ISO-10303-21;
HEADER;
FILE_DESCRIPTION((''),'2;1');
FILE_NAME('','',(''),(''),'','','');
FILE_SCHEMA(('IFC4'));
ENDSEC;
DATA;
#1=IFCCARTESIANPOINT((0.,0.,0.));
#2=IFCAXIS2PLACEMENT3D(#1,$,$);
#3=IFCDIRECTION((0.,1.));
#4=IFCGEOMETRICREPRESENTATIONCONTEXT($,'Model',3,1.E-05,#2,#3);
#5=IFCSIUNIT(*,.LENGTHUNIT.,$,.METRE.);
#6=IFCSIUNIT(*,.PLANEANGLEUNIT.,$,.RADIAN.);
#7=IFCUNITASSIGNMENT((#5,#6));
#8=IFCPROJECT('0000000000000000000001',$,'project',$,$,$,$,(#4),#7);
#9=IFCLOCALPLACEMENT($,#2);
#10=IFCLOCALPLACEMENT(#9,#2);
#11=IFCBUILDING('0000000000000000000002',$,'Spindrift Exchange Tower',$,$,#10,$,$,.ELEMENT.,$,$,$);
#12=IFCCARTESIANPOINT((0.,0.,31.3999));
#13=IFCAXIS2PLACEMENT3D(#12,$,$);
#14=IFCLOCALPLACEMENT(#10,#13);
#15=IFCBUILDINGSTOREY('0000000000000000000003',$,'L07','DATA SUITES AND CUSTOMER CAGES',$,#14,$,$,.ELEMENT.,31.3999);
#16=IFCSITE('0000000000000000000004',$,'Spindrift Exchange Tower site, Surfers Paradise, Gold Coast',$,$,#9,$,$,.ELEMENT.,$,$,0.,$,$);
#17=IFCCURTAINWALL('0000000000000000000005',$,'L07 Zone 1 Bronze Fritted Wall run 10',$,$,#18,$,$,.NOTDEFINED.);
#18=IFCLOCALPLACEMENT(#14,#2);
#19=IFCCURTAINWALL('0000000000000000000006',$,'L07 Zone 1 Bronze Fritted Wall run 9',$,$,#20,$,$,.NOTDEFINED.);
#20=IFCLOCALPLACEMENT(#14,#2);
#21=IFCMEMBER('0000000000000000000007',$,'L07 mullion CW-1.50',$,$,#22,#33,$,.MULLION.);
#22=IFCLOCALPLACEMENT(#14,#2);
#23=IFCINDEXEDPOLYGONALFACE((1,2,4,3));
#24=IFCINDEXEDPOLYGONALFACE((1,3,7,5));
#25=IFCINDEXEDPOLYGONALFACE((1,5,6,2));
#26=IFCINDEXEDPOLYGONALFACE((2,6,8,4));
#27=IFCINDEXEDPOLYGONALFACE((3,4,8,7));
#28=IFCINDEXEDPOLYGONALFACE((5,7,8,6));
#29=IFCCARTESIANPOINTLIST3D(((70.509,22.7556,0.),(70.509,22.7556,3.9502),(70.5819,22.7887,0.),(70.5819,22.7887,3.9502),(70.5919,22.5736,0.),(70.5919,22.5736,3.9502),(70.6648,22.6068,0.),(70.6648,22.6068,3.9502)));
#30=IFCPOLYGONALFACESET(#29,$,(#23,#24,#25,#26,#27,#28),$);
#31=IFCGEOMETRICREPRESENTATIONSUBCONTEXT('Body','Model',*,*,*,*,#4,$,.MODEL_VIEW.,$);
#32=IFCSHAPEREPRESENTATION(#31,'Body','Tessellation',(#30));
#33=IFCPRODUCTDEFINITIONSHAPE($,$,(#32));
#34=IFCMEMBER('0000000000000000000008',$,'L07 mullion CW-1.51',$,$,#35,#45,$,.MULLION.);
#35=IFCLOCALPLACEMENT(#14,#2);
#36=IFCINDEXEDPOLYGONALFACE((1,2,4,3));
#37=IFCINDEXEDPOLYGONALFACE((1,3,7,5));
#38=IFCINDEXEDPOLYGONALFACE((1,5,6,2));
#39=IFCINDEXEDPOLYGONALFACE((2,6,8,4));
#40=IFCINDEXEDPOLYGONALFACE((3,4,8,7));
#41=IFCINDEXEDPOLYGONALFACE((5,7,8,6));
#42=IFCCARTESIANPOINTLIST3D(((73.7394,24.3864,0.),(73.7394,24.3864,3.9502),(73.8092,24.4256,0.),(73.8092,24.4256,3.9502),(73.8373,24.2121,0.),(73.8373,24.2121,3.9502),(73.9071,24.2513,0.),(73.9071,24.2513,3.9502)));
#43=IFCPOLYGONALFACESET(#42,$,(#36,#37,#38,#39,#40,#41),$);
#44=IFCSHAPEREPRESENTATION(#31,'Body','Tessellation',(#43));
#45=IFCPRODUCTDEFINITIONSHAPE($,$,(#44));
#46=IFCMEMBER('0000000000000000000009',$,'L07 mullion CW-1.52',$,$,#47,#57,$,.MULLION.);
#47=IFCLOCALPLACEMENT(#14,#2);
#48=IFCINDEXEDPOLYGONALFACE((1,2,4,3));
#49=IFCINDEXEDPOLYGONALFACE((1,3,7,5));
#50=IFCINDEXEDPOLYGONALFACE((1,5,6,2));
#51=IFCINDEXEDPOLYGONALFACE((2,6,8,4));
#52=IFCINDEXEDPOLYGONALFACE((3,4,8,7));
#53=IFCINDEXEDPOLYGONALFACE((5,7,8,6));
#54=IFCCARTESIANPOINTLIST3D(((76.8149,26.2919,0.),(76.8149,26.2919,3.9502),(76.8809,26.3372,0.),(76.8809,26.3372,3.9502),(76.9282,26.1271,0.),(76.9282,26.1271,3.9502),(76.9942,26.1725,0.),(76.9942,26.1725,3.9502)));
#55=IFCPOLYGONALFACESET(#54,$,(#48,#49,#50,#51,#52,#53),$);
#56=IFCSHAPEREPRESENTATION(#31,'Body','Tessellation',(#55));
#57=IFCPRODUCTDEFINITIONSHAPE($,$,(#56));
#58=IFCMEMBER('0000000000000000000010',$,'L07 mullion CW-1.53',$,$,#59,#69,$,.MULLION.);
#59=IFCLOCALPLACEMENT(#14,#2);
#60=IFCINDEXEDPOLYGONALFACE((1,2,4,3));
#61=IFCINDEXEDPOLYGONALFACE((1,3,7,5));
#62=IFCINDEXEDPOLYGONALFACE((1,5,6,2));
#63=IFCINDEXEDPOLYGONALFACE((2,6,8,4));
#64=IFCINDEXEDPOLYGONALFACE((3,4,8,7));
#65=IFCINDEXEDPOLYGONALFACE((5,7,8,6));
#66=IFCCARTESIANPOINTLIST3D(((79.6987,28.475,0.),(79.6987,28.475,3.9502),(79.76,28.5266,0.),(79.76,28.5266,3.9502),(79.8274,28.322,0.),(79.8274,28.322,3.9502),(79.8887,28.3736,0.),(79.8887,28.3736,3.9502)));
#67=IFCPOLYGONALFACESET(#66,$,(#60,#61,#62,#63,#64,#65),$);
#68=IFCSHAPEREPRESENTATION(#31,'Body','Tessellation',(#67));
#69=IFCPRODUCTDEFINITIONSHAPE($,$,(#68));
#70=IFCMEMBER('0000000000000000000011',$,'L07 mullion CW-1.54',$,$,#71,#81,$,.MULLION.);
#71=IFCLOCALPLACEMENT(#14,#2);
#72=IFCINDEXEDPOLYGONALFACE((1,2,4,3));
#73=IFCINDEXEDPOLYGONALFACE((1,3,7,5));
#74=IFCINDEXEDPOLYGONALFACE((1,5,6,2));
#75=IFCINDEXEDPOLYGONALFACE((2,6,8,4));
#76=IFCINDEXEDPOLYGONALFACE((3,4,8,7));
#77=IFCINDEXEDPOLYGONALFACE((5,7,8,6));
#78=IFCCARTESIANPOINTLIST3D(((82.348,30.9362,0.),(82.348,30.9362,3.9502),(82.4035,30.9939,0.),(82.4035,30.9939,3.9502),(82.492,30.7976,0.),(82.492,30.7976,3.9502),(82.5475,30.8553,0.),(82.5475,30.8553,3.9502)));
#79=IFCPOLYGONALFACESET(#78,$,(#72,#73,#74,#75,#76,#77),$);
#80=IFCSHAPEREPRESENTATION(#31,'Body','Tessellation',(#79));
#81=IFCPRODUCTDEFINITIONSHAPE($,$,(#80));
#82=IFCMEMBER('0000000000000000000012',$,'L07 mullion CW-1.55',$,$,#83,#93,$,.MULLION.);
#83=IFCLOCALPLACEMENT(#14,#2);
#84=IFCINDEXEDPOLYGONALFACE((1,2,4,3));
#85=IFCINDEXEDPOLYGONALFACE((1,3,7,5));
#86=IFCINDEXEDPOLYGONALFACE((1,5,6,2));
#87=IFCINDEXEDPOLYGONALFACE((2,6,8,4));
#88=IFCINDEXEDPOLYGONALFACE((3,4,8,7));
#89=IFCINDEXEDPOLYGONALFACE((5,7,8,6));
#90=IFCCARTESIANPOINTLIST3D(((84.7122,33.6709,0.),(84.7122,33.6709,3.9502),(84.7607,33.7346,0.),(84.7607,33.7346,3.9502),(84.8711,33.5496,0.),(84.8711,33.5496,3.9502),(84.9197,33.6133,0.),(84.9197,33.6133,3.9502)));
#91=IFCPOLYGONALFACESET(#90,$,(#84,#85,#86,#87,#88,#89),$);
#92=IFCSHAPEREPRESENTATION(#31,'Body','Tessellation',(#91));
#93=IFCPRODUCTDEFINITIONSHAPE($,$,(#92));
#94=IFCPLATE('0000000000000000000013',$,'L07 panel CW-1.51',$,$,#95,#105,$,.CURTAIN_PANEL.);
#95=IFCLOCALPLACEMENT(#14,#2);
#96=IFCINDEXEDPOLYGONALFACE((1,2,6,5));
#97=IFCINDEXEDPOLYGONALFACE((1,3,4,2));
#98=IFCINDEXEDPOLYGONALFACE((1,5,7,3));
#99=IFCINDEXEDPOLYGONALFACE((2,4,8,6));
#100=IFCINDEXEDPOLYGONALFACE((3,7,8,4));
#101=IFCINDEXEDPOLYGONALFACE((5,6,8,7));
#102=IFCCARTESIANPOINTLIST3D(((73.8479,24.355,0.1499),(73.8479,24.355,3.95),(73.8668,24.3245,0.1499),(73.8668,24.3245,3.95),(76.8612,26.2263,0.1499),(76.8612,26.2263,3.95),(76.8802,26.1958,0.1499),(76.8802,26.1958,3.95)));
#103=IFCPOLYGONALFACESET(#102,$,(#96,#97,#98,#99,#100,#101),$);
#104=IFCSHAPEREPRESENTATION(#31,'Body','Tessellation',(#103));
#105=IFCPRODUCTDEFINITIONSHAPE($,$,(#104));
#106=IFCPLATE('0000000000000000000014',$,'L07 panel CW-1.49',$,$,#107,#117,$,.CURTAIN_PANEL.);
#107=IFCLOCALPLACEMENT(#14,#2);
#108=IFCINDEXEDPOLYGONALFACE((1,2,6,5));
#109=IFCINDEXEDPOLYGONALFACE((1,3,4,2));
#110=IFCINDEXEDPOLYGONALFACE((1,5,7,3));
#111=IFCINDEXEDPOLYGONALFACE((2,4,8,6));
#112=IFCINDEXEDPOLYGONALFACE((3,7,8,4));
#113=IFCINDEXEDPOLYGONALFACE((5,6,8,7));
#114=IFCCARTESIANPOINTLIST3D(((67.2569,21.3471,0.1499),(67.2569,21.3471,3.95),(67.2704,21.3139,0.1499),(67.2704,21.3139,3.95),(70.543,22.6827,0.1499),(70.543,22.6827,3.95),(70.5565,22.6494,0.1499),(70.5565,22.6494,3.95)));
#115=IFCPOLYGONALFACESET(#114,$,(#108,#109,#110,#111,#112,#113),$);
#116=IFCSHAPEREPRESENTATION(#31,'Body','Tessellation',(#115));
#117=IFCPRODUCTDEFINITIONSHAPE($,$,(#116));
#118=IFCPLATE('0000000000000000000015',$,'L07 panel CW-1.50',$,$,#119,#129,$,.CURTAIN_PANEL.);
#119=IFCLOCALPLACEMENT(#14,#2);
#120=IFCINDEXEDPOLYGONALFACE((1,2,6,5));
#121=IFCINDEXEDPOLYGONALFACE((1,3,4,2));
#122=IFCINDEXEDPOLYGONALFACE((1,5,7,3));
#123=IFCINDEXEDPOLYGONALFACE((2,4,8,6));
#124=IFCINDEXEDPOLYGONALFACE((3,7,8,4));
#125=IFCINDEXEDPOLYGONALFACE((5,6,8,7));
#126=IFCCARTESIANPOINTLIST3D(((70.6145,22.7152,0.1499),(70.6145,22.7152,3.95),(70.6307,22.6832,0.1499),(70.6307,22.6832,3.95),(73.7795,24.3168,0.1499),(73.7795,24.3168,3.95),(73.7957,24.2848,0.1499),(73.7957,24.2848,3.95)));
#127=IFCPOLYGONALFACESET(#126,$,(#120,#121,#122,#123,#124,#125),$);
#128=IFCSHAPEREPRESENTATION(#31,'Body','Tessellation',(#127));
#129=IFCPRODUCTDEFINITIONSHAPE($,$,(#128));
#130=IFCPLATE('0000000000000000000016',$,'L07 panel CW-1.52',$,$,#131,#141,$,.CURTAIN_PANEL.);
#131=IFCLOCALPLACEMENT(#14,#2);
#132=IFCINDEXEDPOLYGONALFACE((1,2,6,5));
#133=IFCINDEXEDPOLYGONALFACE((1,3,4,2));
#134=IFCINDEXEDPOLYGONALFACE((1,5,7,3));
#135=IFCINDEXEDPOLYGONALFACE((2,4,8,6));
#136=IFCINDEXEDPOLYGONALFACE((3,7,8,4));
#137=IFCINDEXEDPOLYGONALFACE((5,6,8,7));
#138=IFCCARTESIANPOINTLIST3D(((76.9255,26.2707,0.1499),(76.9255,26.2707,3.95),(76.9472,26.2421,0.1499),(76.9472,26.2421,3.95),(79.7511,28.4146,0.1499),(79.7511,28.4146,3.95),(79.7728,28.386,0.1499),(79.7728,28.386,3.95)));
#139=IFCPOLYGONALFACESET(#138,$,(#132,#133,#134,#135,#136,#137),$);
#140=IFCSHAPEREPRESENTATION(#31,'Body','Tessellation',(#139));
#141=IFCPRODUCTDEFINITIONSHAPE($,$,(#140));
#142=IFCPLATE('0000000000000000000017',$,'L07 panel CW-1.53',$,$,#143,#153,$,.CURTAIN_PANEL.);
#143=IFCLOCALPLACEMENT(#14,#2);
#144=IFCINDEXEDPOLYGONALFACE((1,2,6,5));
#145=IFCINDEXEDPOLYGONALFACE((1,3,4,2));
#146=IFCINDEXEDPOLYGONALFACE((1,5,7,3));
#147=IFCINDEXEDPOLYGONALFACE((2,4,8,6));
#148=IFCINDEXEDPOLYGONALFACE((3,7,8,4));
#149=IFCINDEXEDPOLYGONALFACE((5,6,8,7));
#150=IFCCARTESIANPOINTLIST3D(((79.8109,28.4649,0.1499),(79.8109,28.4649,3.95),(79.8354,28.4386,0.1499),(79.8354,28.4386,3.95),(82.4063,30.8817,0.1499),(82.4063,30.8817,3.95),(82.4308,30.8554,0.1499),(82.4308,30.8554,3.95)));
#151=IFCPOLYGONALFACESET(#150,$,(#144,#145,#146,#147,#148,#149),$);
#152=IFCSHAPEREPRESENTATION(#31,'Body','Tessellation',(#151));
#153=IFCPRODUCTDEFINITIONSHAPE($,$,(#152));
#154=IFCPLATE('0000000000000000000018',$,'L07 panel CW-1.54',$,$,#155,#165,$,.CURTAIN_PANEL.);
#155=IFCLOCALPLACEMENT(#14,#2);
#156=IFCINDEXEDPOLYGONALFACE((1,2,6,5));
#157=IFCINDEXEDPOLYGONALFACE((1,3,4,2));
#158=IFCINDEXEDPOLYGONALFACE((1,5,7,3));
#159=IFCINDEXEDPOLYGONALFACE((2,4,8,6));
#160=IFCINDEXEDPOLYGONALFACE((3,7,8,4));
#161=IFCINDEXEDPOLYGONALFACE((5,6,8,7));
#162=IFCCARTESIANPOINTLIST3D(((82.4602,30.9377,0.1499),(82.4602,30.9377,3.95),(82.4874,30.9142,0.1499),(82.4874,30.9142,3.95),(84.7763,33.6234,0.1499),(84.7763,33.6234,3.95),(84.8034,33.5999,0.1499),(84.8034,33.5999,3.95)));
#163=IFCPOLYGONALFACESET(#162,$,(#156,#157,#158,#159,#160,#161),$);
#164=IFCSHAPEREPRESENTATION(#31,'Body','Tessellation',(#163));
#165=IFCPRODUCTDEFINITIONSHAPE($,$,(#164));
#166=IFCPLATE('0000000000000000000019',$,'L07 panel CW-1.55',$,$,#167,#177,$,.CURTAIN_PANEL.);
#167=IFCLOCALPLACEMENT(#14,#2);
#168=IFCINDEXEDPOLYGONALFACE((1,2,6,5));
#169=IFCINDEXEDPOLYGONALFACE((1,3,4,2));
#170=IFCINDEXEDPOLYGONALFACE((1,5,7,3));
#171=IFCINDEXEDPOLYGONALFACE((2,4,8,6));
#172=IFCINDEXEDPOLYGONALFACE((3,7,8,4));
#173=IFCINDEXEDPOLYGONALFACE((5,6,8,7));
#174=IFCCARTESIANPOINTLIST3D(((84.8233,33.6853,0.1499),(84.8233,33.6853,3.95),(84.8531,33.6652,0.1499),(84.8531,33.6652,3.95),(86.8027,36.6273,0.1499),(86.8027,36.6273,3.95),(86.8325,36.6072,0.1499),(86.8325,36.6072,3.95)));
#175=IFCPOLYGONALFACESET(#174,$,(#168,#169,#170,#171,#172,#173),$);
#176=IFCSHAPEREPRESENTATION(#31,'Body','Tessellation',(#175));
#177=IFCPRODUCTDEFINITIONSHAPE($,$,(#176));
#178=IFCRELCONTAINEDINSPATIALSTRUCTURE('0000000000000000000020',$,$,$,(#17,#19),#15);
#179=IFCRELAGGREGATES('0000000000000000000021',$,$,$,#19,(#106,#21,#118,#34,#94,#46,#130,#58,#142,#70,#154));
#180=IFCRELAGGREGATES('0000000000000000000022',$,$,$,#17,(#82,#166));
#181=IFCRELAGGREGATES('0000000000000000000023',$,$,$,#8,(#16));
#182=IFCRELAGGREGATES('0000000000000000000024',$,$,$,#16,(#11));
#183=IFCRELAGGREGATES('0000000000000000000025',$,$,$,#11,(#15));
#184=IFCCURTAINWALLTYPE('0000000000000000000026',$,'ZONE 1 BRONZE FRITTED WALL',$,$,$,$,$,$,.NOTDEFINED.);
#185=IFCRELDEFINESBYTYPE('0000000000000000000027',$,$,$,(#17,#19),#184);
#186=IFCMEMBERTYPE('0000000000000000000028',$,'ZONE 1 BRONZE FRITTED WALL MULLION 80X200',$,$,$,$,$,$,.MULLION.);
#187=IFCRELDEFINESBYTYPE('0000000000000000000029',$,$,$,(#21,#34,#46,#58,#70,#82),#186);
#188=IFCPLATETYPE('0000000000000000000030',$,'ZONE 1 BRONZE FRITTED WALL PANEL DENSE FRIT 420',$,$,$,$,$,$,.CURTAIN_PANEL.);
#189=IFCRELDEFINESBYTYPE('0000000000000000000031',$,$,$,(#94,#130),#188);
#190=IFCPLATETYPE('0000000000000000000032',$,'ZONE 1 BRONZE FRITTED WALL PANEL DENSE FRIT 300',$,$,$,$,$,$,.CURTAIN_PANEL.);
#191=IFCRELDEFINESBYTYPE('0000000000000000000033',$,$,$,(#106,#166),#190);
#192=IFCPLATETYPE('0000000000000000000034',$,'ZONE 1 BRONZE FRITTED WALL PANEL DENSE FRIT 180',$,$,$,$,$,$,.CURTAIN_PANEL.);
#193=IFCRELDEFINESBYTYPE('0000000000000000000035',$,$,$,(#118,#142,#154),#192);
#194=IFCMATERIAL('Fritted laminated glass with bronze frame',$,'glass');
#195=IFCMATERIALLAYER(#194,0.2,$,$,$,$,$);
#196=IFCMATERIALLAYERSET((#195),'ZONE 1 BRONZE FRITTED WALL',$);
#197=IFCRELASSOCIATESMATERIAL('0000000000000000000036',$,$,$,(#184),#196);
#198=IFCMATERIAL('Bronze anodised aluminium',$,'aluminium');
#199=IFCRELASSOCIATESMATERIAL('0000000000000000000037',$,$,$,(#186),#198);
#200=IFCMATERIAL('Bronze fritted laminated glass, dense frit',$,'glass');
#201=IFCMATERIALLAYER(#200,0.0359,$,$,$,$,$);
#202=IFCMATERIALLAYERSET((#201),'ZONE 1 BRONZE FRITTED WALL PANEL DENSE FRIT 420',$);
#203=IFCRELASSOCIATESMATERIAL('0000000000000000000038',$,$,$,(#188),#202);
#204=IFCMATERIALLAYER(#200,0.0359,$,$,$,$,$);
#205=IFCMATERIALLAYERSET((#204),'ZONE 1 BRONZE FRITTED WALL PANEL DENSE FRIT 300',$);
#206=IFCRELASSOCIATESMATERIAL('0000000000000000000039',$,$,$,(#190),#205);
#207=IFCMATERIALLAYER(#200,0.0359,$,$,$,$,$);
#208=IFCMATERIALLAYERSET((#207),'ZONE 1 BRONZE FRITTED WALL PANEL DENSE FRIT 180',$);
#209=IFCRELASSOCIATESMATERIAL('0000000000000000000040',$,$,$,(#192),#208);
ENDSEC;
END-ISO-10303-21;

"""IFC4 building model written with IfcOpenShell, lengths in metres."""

from ifc_helpers import new_model, si_unit, direction, frame, origin, origin_2d, place, context, subcontext, project, spatial, rectangle, extrude, source, transform, mapped, material, layer, layer_set, material_profile, profile_set, type_object, element, aggregate, save


model = new_model("IFC4")

# Units and contexts
model_context = context("Model", 3, precision=1e-05, world=origin(), true_north=direction((0.0, 1.0)))
body_context = subcontext(model_context, "Body", "Model", "MODEL_VIEW")
ifc_project = project(units=[si_unit("LENGTHUNIT", "METRE"), si_unit("PLANEANGLEUNIT", "RADIAN")], contexts=[model_context])

# Site, building, storey
site_placement = place(None, origin())
site = spatial("IfcSite", under=ifc_project, at=site_placement, Name="Spindrift Exchange Tower site, Surfers Paradise, Gold Coast", CompositionType="ELEMENT", RefElevation=0.0)
building_placement = place(site_placement, origin())
building = spatial("IfcBuilding", under=site, at=building_placement, Name="Spindrift Exchange Tower", CompositionType="ELEMENT")
storey_placement = place(building_placement, frame((0.0, 0.0, 31.3999)))
storey = spatial("IfcBuildingStorey", under=building, at=storey_placement, Name="L07", Description="DATA SUITES AND CUSTOMER CAGES", CompositionType="ELEMENT", Elevation=31.3999)

# Curtain wall
ifc_material_1 = material(Name="Fritted laminated glass with bronze frame", Category="glass")
ifc_layer_1 = layer(ifc_material_1, 0.2)
ifc_layer_set_1 = layer_set([ifc_layer_1], Name="ZONE 1 BRONZE FRITTED WALL")
curtain_wall_type = type_object("IfcCurtainWallType", Name="ZONE 1 BRONZE FRITTED WALL", PredefinedType="NOTDEFINED", material=ifc_layer_set_1)
curtain_wall_1_placement = place(storey_placement, origin())
curtain_wall_1 = element("IfcCurtainWall", 1, at=curtain_wall_1_placement, inside=storey, type_object=curtain_wall_type, Name="L07 Zone 1 Bronze Fritted Wall run 10", PredefinedType="NOTDEFINED")
ifc_material_2 = material(Name="Bronze anodised aluminium", Category="aluminium")

# Curtain wall, members
curtain_wall_2_placement = place(storey_placement, origin())
curtain_wall_2 = element("IfcCurtainWall", 2, at=curtain_wall_2_placement, inside=storey, type_object=curtain_wall_type, Name="L07 Zone 1 Bronze Fritted Wall run 9", PredefinedType="NOTDEFINED")
ifc_material_profile_1 = material_profile(ifc_material_2, rectangle(XDim=0.0801, YDim=0.2, at=origin_2d()), Name="ZONE 1 BRONZE FRITTED WALL MULLION 80X200")
ifc_profile_set_1 = profile_set([ifc_material_profile_1], Name="Bronze anodised aluminium")
member_type_1 = type_object("IfcMemberType", Name="ZONE 1 BRONZE FRITTED WALL MULLION 80X200", PredefinedType="MULLION", material=ifc_profile_set_1)
shared_shape_1 = source(origin(), body_context, "Body", "SweptSolid", [
    extrude(rectangle(XDim=0.0801, YDim=0.2, at=origin_2d()), origin(), (0.0, 0.0, 1.0), 3.9502),
])
member_1_placement = place(storey_placement, frame((70.5869, 22.6812, 0.0), z_axis=(0.0, 0.0, 1.0), x_axis=(0.910112, 0.414363, 0.0)))
member_1 = element("IfcMember", 3, at=member_1_placement, type_object=member_type_1, Name="L07 mullion CW-1.50", PredefinedType="MULLION", context=body_context, shape_type="MappedRepresentation", body=[
    mapped(shared_shape_1, transform((0.0, 0.0, 0.0), scale=1.0)),
])
member_2_placement = place(storey_placement, frame((73.8232, 24.3188, 0.0), z_axis=(0.0, 0.0, 1.0), x_axis=(0.871725, 0.489995, 0.0)))
member_2 = element("IfcMember", 4, at=member_2_placement, type_object=member_type_1, Name="L07 mullion CW-1.51", PredefinedType="MULLION", context=body_context, shape_type="MappedRepresentation", body=[
    mapped(shared_shape_1, transform((0.0, 0.0, 0.0), scale=1.0)),
])
member_3_placement = place(storey_placement, frame((76.9045, 26.2322, 0.0), z_axis=(0.0, 0.0, 1.0), x_axis=(0.823985, 0.566612, 0.0)))
member_3 = element("IfcMember", 5, at=member_3_placement, type_object=member_type_1, Name="L07 mullion CW-1.52", PredefinedType="MULLION", context=body_context, shape_type="MappedRepresentation", body=[
    mapped(shared_shape_1, transform((0.0, 0.0, 0.0), scale=1.0)),
])
member_4_placement = place(storey_placement, frame((79.7937, 28.4243, 0.0), z_axis=(0.0, 0.0, 1.0), x_axis=(0.765212, 0.643779, 0.0)))
member_4 = element("IfcMember", 6, at=member_4_placement, type_object=member_type_1, Name="L07 mullion CW-1.53", PredefinedType="MULLION", context=body_context, shape_type="MappedRepresentation", body=[
    mapped(shared_shape_1, transform((0.0, 0.0, 0.0), scale=1.0)),
])
member_5_placement = place(storey_placement, frame((82.4478, 30.8958, 0.0), z_axis=(0.0, 0.0, 1.0), x_axis=(0.693486, 0.72047, 0.0)))
member_5 = element("IfcMember", 7, at=member_5_placement, type_object=member_type_1, Name="L07 mullion CW-1.54", PredefinedType="MULLION", context=body_context, shape_type="MappedRepresentation", body=[
    mapped(shared_shape_1, transform((0.0, 0.0, 0.0), scale=1.0)),
])

# Member
member_6_placement = place(storey_placement, frame((84.8159, 33.6421, 0.0), z_axis=(0.0, 0.0, 1.0), x_axis=(0.606723, 0.794913, 0.0)))
member_6 = element("IfcMember", 8, at=member_6_placement, type_object=member_type_1, Name="L07 mullion CW-1.55", PredefinedType="MULLION", context=body_context, shape_type="MappedRepresentation", body=[
    mapped(shared_shape_1, transform((0.0, 0.0, 0.0), scale=1.0)),
])

# Plates
ifc_material_3 = material(Name="Bronze fritted laminated glass, dense frit", Category="glass")
ifc_layer_2 = layer(ifc_material_3, 0.0359)
ifc_layer_set_2 = layer_set([ifc_layer_2], Name="ZONE 1 BRONZE FRITTED WALL PANEL DENSE FRIT 420")
plate_type_1 = type_object("IfcPlateType", Name="ZONE 1 BRONZE FRITTED WALL PANEL DENSE FRIT 420", PredefinedType="CURTAIN_PANEL", material=ifc_layer_set_2)
shared_shape_2 = source(origin(), body_context, "Body", "SweptSolid", [
    extrude(rectangle(XDim=3.5471, YDim=0.0359, at=origin_2d()), origin(), (0.0, 0.0, 1.0), 3.8),
])
plate_1_placement = place(storey_placement, frame((75.364, 25.2754, 0.1499), z_axis=(0.0, 0.0, 1.0), x_axis=(0.849526, 0.527548, 0.0)))
plate_1 = element("IfcPlate", 9, at=plate_1_placement, type_object=plate_type_1, Name="L07 panel CW-1.51", PredefinedType="CURTAIN_PANEL", context=body_context, shape_type="MappedRepresentation", body=[
    mapped(shared_shape_2, transform((0.0, 0.0, 0.0), scale=1.0)),
])
ifc_layer_3 = layer(ifc_material_3, 0.0359)
ifc_layer_set_3 = layer_set([ifc_layer_3], Name="ZONE 1 BRONZE FRITTED WALL PANEL DENSE FRIT 300")
plate_type_2 = type_object("IfcPlateType", Name="ZONE 1 BRONZE FRITTED WALL PANEL DENSE FRIT 300", PredefinedType="CURTAIN_PANEL", material=ifc_layer_set_3)
shared_shape_3 = source(origin(), body_context, "Body", "SweptSolid", [
    extrude(rectangle(XDim=3.5471, YDim=0.0359, at=origin_2d()), origin(), (0.0, 0.0, 1.0), 3.8),
])
plate_2_placement = place(storey_placement, frame((68.9067, 21.9983, 0.1499), z_axis=(0.0, 0.0, 1.0), x_axis=(0.926411, 0.376514, 0.0)))
plate_2 = element("IfcPlate", 10, at=plate_2_placement, type_object=plate_type_2, Name="L07 panel CW-1.49", PredefinedType="CURTAIN_PANEL", context=body_context, shape_type="MappedRepresentation", body=[
    mapped(shared_shape_3, transform((0.0, 0.0, 0.0), scale=1.0)),
])
ifc_layer_4 = layer(ifc_material_3, 0.0359)
ifc_layer_set_4 = layer_set([ifc_layer_4], Name="ZONE 1 BRONZE FRITTED WALL PANEL DENSE FRIT 180")
plate_type_3 = type_object("IfcPlateType", Name="ZONE 1 BRONZE FRITTED WALL PANEL DENSE FRIT 180", PredefinedType="CURTAIN_PANEL", material=ifc_layer_set_4)
shared_shape_4 = source(origin(), body_context, "Body", "SweptSolid", [
    extrude(rectangle(XDim=3.5471, YDim=0.0359, at=origin_2d()), origin(), (0.0, 0.0, 1.0), 3.8),
])
plate_3_placement = place(storey_placement, frame((72.2051, 23.5, 0.1499), z_axis=(0.0, 0.0, 1.0), x_axis=(0.892266, 0.45151, 0.0)))
plate_3 = element("IfcPlate", 11, at=plate_3_placement, type_object=plate_type_3, Name="L07 panel CW-1.50", PredefinedType="CURTAIN_PANEL", context=body_context, shape_type="MappedRepresentation", body=[
    mapped(shared_shape_4, transform((0.0, 0.0, 0.0), scale=1.0)),
])
shared_shape_5 = source(origin(), body_context, "Body", "SweptSolid", [
    extrude(rectangle(XDim=3.5469, YDim=0.0359, at=origin_2d()), origin(), (0.0, 0.0, 1.0), 3.8),
])
plate_4_placement = place(storey_placement, frame((78.3491, 27.3284, 0.1499), z_axis=(0.0, 0.0, 1.0), x_axis=(0.796649, 0.604442, 0.0)))
plate_4 = element("IfcPlate", 12, at=plate_4_placement, type_object=plate_type_1, Name="L07 panel CW-1.52", PredefinedType="CURTAIN_PANEL", context=body_context, shape_type="MappedRepresentation", body=[
    mapped(shared_shape_5, transform((0.0, 0.0, 0.0), scale=1.0)),
])
shared_shape_6 = source(origin(), body_context, "Body", "SweptSolid", [
    extrude(rectangle(XDim=3.5464, YDim=0.0359, at=origin_2d()), origin(), (0.0, 0.0, 1.0), 3.8),
])
plate_5_placement = place(storey_placement, frame((81.1208, 29.6602, 0.1499), z_axis=(0.0, 0.0, 1.0), x_axis=(0.731834, 0.681483, 0.0)))
plate_5 = element("IfcPlate", 13, at=plate_5_placement, type_object=plate_type_3, Name="L07 panel CW-1.53", PredefinedType="CURTAIN_PANEL", context=body_context, shape_type="MappedRepresentation", body=[
    mapped(shared_shape_6, transform((0.0, 0.0, 0.0), scale=1.0)),
])
plate_6_placement = place(storey_placement, frame((83.6318, 32.2688, 0.1499), z_axis=(0.0, 0.0, 1.0), x_axis=(0.653064, 0.757303, 0.0)))
plate_6 = element("IfcPlate", 14, at=plate_6_placement, type_object=plate_type_3, Name="L07 panel CW-1.54", PredefinedType="CURTAIN_PANEL", context=body_context, shape_type="MappedRepresentation", body=[
    mapped(shared_shape_6, transform((0.0, 0.0, 0.0), scale=1.0)),
])
aggregate(curtain_wall_2, [plate_2, member_1, plate_3, member_2, plate_1, member_3, plate_4, member_4, plate_5, member_5, plate_6])
shared_shape_7 = source(origin(), body_context, "Body", "SweptSolid", [
    extrude(rectangle(XDim=3.5459, YDim=0.0359, at=origin_2d()), origin(), (0.0, 0.0, 1.0), 3.8),
])
plate_7_placement = place(storey_placement, frame((85.8279, 35.1462, 0.1499), z_axis=(0.0, 0.0, 1.0), x_axis=(0.558222, 0.829692, 0.0)))
plate_7 = element("IfcPlate", 15, at=plate_7_placement, type_object=plate_type_2, Name="L07 panel CW-1.55", PredefinedType="CURTAIN_PANEL", context=body_context, shape_type="MappedRepresentation", body=[
    mapped(shared_shape_7, transform((0.0, 0.0, 0.0), scale=1.0)),
])
aggregate(curtain_wall_1, [member_6, plate_7])

save(model, "model.ifc")
